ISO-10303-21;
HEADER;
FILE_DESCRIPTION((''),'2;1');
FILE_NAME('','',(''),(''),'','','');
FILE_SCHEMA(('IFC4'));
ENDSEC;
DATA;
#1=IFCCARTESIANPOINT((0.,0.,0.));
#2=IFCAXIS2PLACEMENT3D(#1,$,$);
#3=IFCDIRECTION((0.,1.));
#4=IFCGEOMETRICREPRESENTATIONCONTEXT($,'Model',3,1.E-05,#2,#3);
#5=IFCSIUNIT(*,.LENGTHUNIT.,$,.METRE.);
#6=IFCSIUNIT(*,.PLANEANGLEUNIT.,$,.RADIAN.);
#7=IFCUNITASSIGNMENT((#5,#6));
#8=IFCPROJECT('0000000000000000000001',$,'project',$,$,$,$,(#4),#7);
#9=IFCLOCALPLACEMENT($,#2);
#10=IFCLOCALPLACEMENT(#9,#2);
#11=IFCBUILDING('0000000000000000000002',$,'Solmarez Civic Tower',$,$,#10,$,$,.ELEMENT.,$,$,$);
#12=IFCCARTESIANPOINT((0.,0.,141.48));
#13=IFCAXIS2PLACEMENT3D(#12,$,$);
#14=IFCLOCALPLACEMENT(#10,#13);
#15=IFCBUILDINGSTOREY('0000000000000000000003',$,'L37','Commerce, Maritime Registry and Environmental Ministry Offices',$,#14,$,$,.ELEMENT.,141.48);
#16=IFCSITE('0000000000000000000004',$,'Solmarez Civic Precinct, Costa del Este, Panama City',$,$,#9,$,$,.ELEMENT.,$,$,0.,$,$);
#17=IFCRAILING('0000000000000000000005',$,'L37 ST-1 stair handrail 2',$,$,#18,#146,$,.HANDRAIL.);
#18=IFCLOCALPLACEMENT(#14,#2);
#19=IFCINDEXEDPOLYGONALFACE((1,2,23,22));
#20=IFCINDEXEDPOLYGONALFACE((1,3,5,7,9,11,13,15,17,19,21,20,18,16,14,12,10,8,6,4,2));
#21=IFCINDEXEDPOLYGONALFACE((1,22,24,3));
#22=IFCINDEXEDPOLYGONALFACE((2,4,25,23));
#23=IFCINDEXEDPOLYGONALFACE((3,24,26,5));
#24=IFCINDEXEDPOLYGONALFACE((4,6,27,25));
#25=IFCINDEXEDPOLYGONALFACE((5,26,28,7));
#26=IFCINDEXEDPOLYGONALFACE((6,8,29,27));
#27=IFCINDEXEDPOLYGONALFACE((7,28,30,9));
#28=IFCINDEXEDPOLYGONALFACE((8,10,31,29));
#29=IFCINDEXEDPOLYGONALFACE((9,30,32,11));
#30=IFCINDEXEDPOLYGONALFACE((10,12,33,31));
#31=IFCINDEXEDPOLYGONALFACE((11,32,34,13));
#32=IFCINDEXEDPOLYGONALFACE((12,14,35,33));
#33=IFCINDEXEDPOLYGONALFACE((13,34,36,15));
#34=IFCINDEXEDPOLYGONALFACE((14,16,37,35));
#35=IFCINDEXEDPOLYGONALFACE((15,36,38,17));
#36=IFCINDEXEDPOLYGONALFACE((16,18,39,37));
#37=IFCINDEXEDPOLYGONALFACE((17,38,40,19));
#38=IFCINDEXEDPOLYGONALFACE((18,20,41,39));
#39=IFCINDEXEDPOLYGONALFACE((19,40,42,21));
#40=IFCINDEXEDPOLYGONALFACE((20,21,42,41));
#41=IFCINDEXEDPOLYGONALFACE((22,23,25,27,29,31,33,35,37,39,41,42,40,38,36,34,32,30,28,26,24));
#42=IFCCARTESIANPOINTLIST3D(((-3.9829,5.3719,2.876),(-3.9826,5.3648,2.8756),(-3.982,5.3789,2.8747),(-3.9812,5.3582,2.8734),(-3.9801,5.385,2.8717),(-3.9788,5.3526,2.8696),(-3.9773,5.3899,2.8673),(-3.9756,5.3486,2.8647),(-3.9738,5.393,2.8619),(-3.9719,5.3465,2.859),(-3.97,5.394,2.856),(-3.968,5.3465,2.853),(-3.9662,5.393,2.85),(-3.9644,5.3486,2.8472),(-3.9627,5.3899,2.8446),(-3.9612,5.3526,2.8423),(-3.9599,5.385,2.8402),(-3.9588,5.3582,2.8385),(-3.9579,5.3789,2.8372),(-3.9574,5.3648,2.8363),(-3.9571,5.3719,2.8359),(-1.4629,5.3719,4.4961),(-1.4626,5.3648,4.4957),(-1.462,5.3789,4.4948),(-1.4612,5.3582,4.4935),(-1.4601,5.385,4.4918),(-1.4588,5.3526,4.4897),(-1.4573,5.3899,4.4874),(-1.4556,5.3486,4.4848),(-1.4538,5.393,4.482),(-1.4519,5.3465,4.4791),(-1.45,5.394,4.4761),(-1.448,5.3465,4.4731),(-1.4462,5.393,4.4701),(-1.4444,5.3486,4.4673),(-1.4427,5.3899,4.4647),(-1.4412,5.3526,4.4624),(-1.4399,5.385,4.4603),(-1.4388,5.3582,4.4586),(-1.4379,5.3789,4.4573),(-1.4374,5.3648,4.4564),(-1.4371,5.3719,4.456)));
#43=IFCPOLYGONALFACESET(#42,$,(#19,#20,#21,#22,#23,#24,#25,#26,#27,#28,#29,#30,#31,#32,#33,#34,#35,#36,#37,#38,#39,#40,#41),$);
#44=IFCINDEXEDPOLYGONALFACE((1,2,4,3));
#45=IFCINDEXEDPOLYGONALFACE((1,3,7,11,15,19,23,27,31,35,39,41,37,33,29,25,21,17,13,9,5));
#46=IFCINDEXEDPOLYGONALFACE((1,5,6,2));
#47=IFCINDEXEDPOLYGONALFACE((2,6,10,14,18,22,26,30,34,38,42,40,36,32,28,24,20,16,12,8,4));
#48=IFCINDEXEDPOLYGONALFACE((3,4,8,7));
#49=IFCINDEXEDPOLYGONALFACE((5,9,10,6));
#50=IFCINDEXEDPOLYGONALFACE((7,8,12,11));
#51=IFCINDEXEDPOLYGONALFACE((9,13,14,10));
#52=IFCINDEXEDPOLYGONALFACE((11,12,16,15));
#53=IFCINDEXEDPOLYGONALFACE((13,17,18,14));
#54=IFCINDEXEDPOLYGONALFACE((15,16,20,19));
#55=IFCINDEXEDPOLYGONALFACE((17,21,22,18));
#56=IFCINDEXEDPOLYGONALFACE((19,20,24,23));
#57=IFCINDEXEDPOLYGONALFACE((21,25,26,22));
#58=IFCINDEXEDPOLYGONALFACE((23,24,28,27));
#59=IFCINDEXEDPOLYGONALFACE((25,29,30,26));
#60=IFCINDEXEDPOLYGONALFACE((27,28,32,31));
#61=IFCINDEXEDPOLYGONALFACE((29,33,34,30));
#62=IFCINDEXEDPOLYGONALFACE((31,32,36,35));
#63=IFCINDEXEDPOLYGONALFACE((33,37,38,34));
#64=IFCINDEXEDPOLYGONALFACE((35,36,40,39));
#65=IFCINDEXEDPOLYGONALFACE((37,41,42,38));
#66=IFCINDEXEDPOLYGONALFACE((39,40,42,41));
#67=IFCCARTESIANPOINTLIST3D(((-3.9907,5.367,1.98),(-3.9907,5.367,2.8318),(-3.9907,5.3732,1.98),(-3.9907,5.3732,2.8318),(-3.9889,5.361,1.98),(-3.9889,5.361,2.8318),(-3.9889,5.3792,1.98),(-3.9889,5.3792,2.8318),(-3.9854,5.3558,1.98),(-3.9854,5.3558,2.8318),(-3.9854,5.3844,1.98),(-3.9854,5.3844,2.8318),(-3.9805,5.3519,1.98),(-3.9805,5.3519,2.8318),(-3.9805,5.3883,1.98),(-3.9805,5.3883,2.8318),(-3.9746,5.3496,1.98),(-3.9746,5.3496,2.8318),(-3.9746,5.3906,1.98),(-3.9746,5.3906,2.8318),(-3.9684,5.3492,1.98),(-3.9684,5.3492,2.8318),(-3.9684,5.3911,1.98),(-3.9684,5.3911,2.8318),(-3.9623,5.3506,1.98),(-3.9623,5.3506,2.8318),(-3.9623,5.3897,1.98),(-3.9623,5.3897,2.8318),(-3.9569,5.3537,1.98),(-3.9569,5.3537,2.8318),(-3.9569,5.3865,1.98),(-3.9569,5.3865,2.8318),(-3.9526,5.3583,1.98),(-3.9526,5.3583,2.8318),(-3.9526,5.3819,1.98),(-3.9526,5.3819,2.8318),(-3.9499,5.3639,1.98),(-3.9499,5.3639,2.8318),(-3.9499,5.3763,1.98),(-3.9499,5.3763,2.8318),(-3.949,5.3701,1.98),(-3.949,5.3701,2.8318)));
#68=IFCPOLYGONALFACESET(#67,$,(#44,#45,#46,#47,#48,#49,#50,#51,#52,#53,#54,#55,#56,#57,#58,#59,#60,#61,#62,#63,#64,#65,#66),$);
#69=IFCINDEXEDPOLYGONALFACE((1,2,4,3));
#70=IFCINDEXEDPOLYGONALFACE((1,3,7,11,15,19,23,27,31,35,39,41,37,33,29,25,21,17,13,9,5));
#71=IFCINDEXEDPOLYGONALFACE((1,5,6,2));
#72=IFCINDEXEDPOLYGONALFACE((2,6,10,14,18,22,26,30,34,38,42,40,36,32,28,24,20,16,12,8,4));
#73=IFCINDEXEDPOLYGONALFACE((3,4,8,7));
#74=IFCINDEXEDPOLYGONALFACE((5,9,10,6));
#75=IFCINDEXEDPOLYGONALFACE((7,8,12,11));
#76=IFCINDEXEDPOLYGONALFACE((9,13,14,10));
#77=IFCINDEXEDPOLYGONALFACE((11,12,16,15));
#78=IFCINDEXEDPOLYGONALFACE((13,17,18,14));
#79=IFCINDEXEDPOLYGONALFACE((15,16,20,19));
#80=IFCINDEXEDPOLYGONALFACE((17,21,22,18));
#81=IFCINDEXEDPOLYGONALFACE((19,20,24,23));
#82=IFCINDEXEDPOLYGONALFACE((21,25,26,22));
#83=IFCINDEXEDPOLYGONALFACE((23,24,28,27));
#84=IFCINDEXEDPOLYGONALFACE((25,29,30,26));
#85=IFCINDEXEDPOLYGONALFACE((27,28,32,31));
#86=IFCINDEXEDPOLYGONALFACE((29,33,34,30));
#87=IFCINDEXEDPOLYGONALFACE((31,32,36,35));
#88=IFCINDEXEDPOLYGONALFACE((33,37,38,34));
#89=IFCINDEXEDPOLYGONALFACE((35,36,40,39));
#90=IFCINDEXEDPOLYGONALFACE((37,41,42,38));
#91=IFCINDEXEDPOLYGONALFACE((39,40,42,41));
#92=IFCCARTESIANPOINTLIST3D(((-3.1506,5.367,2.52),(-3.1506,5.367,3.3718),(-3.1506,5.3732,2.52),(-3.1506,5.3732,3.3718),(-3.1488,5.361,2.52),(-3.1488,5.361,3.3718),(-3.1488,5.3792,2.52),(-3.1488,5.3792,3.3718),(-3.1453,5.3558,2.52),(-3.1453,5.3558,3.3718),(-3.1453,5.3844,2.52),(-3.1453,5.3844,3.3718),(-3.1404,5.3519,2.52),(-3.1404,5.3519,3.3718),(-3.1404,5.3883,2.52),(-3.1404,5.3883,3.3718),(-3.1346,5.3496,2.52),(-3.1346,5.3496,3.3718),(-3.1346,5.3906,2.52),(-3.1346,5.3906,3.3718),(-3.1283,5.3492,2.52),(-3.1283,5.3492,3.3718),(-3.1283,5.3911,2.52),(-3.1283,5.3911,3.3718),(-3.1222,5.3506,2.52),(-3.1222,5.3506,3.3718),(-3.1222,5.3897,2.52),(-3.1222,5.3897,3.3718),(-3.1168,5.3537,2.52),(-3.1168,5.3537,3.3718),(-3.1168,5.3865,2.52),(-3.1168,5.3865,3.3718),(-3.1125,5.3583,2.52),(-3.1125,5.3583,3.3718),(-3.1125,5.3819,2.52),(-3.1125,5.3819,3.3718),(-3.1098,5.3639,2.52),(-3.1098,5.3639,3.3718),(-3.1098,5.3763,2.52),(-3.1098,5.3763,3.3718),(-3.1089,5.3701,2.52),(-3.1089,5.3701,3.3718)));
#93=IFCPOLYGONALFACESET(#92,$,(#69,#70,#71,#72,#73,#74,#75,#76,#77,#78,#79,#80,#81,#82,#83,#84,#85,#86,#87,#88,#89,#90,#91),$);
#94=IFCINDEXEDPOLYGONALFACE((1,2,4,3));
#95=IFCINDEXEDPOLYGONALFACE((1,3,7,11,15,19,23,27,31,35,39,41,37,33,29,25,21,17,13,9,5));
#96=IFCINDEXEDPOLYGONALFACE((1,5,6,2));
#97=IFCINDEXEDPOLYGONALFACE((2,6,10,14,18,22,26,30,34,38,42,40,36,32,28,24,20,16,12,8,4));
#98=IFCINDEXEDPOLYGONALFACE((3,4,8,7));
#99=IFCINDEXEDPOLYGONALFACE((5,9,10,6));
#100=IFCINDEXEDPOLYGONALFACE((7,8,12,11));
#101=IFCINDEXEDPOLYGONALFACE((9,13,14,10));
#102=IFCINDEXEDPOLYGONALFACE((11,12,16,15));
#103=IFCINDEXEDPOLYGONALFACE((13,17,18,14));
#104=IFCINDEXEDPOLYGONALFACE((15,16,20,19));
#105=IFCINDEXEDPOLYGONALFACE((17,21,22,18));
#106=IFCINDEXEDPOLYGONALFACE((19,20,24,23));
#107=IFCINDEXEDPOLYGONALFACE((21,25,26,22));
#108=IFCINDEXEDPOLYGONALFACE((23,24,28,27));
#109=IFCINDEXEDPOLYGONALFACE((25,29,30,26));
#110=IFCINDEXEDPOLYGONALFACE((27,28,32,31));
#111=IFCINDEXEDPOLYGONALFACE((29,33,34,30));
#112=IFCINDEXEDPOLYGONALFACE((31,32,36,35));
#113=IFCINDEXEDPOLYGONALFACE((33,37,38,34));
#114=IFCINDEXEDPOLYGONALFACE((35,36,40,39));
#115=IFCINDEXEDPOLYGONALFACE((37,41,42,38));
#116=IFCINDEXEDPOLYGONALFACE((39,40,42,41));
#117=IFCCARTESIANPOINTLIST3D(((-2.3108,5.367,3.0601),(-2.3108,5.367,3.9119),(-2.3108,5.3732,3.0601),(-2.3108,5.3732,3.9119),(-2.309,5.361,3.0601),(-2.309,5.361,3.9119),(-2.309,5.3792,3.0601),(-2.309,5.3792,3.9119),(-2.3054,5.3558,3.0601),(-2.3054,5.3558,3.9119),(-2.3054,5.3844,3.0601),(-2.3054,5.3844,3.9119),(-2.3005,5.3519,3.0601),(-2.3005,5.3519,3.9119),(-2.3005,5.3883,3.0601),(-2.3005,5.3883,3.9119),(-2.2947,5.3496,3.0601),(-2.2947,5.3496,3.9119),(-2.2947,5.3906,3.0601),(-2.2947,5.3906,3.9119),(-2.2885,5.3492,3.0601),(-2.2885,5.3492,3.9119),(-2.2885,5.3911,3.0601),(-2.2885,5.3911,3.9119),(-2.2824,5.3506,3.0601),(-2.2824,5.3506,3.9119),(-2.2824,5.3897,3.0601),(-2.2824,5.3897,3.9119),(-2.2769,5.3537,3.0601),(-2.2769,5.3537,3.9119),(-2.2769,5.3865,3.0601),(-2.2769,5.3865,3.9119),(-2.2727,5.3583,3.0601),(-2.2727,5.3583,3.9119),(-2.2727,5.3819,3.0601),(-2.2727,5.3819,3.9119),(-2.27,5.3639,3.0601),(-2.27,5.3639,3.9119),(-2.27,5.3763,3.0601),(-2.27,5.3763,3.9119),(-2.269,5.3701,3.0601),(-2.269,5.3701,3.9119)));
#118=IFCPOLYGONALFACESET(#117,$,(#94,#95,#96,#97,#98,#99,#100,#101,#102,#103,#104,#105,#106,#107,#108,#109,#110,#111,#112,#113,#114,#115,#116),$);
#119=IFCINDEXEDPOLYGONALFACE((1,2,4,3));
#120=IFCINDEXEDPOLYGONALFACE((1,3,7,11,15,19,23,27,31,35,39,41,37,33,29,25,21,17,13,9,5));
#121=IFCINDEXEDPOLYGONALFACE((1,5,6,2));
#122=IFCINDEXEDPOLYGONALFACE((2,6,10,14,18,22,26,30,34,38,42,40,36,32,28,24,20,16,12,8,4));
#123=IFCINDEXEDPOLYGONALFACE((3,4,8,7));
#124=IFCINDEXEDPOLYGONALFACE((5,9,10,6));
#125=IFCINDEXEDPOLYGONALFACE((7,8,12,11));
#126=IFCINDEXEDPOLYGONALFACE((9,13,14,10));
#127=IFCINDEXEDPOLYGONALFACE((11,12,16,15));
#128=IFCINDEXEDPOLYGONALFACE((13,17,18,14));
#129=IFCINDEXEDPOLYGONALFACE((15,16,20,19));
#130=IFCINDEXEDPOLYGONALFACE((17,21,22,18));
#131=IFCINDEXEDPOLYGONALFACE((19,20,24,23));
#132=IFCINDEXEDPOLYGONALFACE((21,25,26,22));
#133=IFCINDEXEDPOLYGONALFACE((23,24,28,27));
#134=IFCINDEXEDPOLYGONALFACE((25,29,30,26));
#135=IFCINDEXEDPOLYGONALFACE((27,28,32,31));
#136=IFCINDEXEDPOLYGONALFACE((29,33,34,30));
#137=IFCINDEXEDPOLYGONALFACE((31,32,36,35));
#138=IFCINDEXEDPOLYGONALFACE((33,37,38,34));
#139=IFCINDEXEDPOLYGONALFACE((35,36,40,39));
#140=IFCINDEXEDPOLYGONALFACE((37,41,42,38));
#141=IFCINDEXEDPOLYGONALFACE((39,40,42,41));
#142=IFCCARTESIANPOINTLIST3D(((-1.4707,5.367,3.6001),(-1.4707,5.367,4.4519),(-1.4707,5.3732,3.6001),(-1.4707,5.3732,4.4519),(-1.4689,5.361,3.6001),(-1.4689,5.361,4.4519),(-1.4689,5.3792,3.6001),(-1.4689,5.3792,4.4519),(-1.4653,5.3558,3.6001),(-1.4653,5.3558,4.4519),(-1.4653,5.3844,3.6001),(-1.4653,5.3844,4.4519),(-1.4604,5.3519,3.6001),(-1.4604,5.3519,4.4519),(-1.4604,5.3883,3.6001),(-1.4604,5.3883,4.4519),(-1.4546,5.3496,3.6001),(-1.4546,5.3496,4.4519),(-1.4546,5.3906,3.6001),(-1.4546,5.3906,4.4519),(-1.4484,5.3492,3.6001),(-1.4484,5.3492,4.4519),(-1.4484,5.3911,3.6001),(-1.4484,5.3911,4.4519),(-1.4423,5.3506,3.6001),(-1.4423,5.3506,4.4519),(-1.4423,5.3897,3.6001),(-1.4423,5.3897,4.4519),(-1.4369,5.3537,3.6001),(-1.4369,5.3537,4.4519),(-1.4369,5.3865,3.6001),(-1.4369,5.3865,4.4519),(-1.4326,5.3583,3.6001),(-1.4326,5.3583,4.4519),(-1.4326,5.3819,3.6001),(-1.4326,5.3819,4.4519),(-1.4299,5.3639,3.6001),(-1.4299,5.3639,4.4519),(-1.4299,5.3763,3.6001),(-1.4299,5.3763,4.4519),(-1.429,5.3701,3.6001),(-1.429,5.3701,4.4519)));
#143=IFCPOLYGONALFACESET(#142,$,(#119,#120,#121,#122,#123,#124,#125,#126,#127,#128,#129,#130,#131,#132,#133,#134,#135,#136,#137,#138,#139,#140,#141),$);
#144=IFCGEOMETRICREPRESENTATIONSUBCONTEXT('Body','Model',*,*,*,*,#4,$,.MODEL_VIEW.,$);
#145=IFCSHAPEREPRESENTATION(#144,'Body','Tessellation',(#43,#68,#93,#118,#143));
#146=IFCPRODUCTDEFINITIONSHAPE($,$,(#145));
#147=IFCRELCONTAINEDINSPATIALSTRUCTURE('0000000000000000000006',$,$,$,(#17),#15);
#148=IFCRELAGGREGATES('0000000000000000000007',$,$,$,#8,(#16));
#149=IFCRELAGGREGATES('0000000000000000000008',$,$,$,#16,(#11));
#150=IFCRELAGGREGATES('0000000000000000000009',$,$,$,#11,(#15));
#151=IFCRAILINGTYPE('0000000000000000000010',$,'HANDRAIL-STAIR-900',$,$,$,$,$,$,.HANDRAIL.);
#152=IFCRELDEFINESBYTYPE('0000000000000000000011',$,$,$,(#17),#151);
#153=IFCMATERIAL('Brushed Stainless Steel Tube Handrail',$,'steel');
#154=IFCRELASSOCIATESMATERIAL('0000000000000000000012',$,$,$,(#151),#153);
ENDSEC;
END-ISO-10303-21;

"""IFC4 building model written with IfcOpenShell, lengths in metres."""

from ifc_helpers import new_model, si_unit, direction, frame, origin, origin_2d, place, context, subcontext, project, spatial, circle, extrude, material, type_object, element, save


model = new_model("IFC4")

# Units and contexts
model_context = context("Model", 3, precision=1e-05, world=origin(), true_north=direction((0.0, 1.0)))
body_context = subcontext(model_context, "Body", "Model", "MODEL_VIEW")
ifc_project = project(units=[si_unit("LENGTHUNIT", "METRE"), si_unit("PLANEANGLEUNIT", "RADIAN")], contexts=[model_context])

# Site, building, storey
site_placement = place(None, origin())
site = spatial("IfcSite", under=ifc_project, at=site_placement, Name="Solmarez Civic Precinct, Costa del Este, Panama City", CompositionType="ELEMENT", RefElevation=0.0)
building_placement = place(site_placement, origin())
building = spatial("IfcBuilding", under=site, at=building_placement, Name="Solmarez Civic Tower", CompositionType="ELEMENT")
storey_placement = place(building_placement, frame((0.0, 0.0, 141.48)))
storey = spatial("IfcBuildingStorey", under=building, at=storey_placement, Name="L37", Description="Commerce, Maritime Registry and Environmental Ministry Offices", CompositionType="ELEMENT", Elevation=141.48)

# Railing
ifc_material_1 = material(Name="Brushed Stainless Steel Tube Handrail", Category="steel")
railing_type_1 = type_object("IfcRailingType", Name="HANDRAIL-STAIR-900", PredefinedType="HANDRAIL", material=ifc_material_1)
railing_1_placement = place(storey_placement, frame((-3.97, 5.3701, 1.98)))
element("IfcRailing", 1, at=railing_1_placement, inside=storey, type_object=railing_type_1, Name="L37 ST-1 stair handrail 2", PredefinedType="HANDRAIL", context=body_context, shape_type="SweptSolid", body=[
    extrude(circle(Radius=0.0239, at=origin_2d()), frame((0.0, 0.0, 0.876), z_axis=(0.841163, 0.0, 0.540782), x_axis=(0.0, 1.0, 0.0)), (0.0, 0.0, 1.0), 2.9958),
    extrude(circle(Radius=0.021, at=origin_2d()), origin(), (0.0, 0.0, 1.0), 0.8518),
    extrude(circle(Radius=0.021, at=origin_2d()), frame((0.8401, 0.0, 0.54)), (0.0, 0.0, 1.0), 0.8518),
    extrude(circle(Radius=0.021, at=origin_2d()), frame((1.6799, 0.0, 1.0801)), (0.0, 0.0, 1.0), 0.8518),
    extrude(circle(Radius=0.021, at=origin_2d()), frame((2.52, 0.0, 1.6201)), (0.0, 0.0, 1.0), 0.8518),
])

save(model, "model.ifc")
